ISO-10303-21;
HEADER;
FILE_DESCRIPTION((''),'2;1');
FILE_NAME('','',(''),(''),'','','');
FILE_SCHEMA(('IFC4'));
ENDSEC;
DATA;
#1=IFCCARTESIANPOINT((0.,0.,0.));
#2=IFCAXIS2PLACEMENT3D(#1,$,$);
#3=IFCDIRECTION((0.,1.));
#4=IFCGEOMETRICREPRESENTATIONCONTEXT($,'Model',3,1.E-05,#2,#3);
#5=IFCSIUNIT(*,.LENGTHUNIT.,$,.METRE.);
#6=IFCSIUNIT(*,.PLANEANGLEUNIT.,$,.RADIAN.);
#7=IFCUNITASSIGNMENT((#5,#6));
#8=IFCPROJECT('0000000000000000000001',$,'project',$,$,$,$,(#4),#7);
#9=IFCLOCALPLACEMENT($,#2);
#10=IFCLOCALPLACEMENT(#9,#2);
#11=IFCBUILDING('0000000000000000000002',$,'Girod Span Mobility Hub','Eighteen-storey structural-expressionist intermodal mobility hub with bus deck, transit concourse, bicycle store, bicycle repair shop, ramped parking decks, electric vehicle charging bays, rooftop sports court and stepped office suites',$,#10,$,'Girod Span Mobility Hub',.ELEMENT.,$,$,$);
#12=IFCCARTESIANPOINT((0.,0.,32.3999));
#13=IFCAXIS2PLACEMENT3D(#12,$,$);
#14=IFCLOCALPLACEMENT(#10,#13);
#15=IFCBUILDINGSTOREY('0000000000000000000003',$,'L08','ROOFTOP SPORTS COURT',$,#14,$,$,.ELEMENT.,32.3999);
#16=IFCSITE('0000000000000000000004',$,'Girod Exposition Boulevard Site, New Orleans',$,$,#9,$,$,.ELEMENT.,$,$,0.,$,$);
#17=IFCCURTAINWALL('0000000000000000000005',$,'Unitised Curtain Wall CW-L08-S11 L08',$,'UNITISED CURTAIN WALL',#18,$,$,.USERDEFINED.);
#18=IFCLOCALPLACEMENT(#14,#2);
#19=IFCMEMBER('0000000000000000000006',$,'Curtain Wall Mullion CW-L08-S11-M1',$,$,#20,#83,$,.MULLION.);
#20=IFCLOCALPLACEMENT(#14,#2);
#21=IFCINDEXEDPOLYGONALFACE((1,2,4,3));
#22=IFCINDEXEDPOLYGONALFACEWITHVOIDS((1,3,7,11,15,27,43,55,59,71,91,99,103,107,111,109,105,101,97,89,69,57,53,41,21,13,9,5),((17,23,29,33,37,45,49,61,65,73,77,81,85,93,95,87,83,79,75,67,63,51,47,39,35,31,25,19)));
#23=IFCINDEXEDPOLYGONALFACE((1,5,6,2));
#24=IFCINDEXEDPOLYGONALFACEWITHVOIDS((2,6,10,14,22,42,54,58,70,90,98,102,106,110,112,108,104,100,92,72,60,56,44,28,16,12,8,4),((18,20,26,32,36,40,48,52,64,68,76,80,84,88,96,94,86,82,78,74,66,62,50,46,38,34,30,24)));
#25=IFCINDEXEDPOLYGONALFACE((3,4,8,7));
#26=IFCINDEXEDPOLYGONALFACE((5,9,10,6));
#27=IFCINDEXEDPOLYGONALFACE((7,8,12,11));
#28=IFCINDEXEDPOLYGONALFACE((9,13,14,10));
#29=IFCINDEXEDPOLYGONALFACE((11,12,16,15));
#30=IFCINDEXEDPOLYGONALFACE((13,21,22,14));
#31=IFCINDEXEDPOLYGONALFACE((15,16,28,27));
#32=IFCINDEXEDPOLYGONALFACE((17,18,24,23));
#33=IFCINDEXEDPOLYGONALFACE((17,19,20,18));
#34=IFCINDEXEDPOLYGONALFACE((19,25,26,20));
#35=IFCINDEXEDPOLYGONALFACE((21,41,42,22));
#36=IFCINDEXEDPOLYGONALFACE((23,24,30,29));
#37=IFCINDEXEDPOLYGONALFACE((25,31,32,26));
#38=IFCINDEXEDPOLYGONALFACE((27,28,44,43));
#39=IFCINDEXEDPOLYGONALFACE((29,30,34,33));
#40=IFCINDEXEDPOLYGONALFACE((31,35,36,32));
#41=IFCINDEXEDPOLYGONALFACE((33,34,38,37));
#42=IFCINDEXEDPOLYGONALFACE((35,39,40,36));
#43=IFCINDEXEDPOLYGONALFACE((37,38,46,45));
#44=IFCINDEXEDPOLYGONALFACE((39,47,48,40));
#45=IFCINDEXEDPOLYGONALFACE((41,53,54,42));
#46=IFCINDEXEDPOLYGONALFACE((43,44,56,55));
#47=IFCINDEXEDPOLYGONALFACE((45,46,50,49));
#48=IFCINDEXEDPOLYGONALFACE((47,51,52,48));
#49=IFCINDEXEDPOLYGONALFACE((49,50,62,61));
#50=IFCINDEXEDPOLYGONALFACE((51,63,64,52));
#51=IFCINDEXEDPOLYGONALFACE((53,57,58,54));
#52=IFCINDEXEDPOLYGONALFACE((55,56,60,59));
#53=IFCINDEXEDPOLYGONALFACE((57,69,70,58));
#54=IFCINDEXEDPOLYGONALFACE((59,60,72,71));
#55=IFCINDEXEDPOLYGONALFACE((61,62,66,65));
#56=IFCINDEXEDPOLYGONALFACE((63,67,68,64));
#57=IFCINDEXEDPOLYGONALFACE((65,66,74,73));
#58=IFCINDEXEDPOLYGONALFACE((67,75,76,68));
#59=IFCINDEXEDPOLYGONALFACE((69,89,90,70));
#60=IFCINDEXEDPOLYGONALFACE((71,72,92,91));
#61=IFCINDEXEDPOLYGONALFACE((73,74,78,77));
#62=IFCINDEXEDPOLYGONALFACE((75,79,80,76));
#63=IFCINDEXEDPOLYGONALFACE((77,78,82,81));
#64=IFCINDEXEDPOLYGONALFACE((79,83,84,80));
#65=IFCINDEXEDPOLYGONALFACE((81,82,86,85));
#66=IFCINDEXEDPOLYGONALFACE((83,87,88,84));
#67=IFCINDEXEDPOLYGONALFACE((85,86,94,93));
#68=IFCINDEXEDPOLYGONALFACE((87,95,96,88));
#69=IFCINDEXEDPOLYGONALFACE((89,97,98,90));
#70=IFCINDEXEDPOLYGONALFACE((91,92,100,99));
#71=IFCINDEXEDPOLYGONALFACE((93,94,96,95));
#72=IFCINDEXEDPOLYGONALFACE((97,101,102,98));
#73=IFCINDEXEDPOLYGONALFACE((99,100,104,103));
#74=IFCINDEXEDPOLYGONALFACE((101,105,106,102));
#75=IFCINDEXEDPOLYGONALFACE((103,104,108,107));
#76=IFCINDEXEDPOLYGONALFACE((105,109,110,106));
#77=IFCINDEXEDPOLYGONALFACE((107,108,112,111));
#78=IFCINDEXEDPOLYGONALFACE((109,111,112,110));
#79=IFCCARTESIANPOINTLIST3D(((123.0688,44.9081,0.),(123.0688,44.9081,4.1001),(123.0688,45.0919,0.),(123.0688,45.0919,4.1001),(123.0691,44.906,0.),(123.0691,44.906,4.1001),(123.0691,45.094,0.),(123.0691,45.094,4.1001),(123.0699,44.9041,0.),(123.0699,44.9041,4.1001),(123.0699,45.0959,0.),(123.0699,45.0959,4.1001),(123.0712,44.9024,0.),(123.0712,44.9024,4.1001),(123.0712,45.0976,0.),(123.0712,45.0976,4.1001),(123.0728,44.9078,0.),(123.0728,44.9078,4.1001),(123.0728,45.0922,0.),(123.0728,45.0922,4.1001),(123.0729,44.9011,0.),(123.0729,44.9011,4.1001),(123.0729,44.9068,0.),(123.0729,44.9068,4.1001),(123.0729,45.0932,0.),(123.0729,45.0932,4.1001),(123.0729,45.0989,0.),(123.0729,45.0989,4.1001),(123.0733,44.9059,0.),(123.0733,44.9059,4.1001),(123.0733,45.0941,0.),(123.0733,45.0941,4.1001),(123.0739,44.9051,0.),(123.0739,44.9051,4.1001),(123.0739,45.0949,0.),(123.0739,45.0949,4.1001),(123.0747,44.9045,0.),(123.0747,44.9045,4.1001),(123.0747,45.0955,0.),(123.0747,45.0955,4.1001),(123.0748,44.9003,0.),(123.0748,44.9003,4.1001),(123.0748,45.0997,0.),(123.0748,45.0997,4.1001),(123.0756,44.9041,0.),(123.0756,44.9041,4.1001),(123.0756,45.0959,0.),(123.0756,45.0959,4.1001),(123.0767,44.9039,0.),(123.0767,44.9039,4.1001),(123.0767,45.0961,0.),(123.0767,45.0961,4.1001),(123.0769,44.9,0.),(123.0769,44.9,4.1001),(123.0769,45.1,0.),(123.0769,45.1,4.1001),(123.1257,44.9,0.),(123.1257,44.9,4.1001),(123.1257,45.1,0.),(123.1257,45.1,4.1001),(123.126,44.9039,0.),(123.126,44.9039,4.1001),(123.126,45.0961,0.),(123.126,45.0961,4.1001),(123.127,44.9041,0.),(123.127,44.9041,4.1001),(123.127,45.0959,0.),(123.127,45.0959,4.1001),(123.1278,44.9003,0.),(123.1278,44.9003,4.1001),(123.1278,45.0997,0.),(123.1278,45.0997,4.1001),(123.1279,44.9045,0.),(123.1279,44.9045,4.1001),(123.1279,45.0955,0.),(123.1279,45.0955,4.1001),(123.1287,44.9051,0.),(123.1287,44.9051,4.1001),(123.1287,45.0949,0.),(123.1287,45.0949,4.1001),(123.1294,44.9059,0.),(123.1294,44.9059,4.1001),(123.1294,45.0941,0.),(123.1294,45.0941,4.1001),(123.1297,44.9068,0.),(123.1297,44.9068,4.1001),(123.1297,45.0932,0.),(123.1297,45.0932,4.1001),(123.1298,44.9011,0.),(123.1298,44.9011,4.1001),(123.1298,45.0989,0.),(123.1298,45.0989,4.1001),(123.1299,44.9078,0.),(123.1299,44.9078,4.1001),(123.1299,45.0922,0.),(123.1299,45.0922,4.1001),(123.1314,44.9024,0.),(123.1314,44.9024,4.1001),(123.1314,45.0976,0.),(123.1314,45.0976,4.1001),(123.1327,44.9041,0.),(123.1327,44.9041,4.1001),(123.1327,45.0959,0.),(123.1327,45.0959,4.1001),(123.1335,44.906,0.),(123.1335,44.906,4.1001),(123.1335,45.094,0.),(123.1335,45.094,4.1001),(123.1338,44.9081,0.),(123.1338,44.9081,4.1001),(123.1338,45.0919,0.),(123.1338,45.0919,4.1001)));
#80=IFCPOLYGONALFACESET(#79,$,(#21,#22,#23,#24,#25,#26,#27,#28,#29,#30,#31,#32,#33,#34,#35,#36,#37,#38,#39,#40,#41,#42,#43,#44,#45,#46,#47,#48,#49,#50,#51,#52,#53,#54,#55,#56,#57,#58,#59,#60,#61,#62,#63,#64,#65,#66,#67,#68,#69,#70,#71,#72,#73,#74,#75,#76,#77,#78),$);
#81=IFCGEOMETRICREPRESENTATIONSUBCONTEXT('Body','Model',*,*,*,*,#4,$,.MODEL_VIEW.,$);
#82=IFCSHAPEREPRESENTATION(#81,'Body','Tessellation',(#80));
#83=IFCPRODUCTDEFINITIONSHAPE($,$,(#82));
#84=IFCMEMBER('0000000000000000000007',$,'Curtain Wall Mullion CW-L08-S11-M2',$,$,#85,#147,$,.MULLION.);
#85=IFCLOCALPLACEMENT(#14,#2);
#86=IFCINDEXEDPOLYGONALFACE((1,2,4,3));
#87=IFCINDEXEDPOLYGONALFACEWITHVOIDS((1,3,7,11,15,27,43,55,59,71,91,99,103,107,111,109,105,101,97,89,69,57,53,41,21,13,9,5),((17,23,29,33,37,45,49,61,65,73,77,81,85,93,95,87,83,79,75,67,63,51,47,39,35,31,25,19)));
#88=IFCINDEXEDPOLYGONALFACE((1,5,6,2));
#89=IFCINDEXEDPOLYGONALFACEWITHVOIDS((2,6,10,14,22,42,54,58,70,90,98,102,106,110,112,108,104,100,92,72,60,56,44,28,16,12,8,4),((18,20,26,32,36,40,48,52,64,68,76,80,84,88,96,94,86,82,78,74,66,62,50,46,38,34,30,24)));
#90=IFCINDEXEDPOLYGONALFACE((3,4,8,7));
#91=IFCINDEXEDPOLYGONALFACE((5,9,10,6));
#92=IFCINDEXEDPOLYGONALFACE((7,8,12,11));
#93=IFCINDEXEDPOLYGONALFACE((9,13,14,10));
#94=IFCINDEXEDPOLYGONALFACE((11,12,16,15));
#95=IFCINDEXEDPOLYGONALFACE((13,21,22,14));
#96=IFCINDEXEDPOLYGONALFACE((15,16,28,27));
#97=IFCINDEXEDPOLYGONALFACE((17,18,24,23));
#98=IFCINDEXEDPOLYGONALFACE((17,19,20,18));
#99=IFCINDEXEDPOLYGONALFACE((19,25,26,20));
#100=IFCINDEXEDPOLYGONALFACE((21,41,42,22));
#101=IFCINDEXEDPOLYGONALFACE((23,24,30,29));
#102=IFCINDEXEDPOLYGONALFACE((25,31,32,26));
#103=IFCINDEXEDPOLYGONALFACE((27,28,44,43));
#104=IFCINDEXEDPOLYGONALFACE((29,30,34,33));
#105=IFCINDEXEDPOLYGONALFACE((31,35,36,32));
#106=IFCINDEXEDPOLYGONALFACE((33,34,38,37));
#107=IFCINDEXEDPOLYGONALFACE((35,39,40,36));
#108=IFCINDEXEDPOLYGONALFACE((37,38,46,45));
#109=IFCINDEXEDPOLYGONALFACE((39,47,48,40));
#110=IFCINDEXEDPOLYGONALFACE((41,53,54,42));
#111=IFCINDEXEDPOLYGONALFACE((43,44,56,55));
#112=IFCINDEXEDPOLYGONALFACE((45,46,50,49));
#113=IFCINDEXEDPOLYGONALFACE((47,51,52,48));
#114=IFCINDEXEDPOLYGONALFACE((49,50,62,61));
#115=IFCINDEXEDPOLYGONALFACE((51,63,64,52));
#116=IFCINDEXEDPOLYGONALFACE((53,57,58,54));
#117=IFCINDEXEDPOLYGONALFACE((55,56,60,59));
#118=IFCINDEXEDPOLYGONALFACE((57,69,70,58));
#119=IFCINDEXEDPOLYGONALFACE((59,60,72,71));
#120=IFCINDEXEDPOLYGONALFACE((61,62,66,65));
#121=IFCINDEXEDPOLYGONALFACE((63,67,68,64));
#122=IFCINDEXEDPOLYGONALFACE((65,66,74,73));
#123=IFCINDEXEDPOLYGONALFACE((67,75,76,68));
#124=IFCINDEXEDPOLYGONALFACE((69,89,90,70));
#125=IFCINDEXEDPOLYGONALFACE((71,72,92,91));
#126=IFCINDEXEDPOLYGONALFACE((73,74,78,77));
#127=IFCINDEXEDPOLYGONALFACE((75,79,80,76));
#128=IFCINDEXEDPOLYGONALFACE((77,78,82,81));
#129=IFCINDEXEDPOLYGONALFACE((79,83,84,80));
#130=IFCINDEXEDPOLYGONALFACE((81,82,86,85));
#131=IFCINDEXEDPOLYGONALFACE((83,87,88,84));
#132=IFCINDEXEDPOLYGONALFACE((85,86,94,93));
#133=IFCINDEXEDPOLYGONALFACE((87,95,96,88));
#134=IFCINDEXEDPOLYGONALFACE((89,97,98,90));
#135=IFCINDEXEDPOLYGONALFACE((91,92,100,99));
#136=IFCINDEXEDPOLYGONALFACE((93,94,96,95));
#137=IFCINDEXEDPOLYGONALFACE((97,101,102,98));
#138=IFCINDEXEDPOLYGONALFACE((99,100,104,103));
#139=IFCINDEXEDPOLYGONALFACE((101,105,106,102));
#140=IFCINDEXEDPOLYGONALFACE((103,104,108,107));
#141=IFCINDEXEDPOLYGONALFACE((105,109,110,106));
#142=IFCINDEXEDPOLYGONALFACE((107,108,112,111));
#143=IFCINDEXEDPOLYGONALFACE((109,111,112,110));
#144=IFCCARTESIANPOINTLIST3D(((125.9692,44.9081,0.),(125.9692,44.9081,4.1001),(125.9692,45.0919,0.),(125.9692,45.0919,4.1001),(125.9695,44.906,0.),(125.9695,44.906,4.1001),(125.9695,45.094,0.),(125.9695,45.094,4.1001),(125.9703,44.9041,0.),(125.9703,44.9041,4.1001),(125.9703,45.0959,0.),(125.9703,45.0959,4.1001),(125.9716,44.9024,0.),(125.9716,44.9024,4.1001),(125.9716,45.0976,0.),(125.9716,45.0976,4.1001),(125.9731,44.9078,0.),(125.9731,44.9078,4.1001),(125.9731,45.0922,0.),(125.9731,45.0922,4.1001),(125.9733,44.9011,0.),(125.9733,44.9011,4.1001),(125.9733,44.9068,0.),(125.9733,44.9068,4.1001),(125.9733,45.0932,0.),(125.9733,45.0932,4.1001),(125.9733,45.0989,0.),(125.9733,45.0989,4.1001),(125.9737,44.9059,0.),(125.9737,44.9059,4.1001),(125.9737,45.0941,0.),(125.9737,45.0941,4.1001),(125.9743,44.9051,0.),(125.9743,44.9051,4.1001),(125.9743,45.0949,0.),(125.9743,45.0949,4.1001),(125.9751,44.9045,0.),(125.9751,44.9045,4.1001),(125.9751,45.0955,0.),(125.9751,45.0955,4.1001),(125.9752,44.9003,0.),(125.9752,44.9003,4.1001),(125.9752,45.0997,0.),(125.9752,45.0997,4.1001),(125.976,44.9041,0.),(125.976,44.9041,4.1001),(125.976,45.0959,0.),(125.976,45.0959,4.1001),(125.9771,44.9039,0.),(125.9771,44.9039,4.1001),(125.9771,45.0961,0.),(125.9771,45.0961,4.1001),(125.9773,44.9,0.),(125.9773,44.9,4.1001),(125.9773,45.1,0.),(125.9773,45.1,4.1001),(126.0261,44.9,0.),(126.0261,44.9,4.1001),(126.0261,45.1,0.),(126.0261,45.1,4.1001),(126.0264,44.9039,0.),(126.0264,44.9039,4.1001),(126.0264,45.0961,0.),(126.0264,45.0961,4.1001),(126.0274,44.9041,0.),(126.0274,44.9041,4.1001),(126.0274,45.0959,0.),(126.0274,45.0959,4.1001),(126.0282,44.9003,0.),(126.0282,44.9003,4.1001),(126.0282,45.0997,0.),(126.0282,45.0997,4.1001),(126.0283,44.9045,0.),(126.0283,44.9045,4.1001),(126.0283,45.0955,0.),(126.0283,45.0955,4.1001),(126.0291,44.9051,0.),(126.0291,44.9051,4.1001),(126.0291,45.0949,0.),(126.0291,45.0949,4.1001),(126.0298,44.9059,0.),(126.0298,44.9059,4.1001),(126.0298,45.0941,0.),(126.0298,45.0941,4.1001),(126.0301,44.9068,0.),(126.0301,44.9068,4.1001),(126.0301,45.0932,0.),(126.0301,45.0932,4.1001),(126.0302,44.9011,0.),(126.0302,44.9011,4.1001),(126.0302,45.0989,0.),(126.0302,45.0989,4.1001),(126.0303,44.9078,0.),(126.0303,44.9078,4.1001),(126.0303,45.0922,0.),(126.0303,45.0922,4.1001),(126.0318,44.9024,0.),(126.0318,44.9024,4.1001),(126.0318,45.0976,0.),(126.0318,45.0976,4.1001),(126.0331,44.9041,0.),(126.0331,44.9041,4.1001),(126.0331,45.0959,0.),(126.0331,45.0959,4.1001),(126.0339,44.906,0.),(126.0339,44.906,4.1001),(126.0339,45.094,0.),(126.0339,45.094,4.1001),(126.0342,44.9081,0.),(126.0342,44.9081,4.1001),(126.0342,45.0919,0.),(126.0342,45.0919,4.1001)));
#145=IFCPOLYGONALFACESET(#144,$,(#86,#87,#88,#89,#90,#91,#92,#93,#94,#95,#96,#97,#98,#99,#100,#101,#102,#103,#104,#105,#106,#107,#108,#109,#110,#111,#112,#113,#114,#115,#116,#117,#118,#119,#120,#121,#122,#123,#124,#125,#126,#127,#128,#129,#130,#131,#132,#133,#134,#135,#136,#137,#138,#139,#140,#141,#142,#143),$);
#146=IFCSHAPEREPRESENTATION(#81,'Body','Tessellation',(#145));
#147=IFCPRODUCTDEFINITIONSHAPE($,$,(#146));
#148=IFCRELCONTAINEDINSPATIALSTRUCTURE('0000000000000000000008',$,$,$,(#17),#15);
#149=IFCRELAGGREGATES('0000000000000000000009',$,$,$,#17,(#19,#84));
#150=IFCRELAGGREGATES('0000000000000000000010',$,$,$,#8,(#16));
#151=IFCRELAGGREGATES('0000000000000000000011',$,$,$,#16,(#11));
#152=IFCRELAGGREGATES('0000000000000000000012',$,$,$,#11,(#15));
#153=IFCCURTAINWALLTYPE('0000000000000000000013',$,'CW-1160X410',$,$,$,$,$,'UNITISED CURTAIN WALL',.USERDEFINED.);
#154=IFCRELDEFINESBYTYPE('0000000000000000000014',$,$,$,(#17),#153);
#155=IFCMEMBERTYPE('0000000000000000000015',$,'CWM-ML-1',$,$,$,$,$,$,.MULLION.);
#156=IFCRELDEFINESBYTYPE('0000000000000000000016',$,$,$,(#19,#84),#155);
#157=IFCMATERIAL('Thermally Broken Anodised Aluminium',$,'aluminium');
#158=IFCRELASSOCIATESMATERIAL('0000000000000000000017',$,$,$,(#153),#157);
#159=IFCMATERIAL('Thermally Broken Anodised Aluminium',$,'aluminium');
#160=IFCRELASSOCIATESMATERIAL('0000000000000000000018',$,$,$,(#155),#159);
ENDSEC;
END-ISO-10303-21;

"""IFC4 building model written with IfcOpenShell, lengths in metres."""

from ifc_helpers import new_model, si_unit, direction, frame, origin, origin_2d, place, context, subcontext, project, spatial, hollow_rectangle, extrude, material, material_profile, profile_set, type_object, element, aggregate, save


model = new_model("IFC4")

# Units and contexts
model_context = context("Model", 3, precision=1e-05, world=origin(), true_north=direction((0.0, 1.0)))
body_context = subcontext(model_context, "Body", "Model", "MODEL_VIEW")
ifc_project = project(units=[si_unit("LENGTHUNIT", "METRE"), si_unit("PLANEANGLEUNIT", "RADIAN")], contexts=[model_context])

# Site, building, storey
site_placement = place(None, origin())
site = spatial("IfcSite", under=ifc_project, at=site_placement, Name="Girod Exposition Boulevard Site, New Orleans", CompositionType="ELEMENT", RefElevation=0.0)
building_placement = place(site_placement, origin())
building = spatial("IfcBuilding", under=site, at=building_placement, Name="Girod Span Mobility Hub", Description="Eighteen-storey structural-expressionist intermodal mobility hub with bus deck, transit concourse, bicycle store, bicycle repair shop, ramped parking decks, electric vehicle charging bays, rooftop sports court and stepped office suites", LongName="Girod Span Mobility Hub", CompositionType="ELEMENT")
storey_placement = place(building_placement, frame((0.0, 0.0, 32.3999)))
storey = spatial("IfcBuildingStorey", under=building, at=storey_placement, Name="L08", Description="ROOFTOP SPORTS COURT", CompositionType="ELEMENT", Elevation=32.3999)

# Curtain wall, members
ifc_material_1 = material(Name="Thermally Broken Anodised Aluminium", Category="aluminium")
curtain_wall_type = type_object("IfcCurtainWallType", Name="CW-1160X410", ElementType="UNITISED CURTAIN WALL", PredefinedType="USERDEFINED", material=ifc_material_1)
ifc_material_2 = material(Name="Thermally Broken Anodised Aluminium", Category="aluminium")
ifc_material_profile_1 = material_profile(ifc_material_2, hollow_rectangle(XDim=0.2, YDim=0.0649, WallThickness=0.0039, InnerFilletRadius=0.0039, OuterFilletRadius=0.0081, at=origin_2d()), Name="CW-ML-65X200")
ifc_profile_set_1 = profile_set([ifc_material_profile_1], Name="Thermally Broken Anodised Aluminium")
member_type_1 = type_object("IfcMemberType", Name="CWM-ML-1", PredefinedType="MULLION", material=ifc_profile_set_1)
curtain_wall_1_placement = place(storey_placement, origin())
curtain_wall_1 = element("IfcCurtainWall", 1, at=curtain_wall_1_placement, inside=storey, type_object=curtain_wall_type, Name="Unitised Curtain Wall CW-L08-S11 L08", ObjectType="UNITISED CURTAIN WALL", PredefinedType="USERDEFINED")
member_1_placement = place(storey_placement, frame((123.1013, 45.0, 0.0), z_axis=(0.0, 0.0, 1.0), x_axis=(0.0, 1.0, 0.0)))
member_1 = element("IfcMember", 2, at=member_1_placement, type_object=member_type_1, Name="Curtain Wall Mullion CW-L08-S11-M1", PredefinedType="MULLION", context=body_context, shape_type="SweptSolid", body=[
    extrude(hollow_rectangle(XDim=0.2, YDim=0.0649, WallThickness=0.0039, InnerFilletRadius=0.0039, OuterFilletRadius=0.0081, at=origin_2d()), origin(), (0.0, 0.0, 1.0), 4.1001),
])
member_2_placement = place(storey_placement, frame((126.0017, 45.0, 0.0), z_axis=(0.0, 0.0, 1.0), x_axis=(0.0, 1.0, 0.0)))
member_2 = element("IfcMember", 3, at=member_2_placement, type_object=member_type_1, Name="Curtain Wall Mullion CW-L08-S11-M2", PredefinedType="MULLION", context=body_context, shape_type="SweptSolid", body=[
    extrude(hollow_rectangle(XDim=0.2, YDim=0.0649, WallThickness=0.0039, InnerFilletRadius=0.0039, OuterFilletRadius=0.0081, at=origin_2d()), origin(), (0.0, 0.0, 1.0), 4.1001),
])

aggregate(curtain_wall_1, [member_1, member_2])

save(model, "model.ifc")
